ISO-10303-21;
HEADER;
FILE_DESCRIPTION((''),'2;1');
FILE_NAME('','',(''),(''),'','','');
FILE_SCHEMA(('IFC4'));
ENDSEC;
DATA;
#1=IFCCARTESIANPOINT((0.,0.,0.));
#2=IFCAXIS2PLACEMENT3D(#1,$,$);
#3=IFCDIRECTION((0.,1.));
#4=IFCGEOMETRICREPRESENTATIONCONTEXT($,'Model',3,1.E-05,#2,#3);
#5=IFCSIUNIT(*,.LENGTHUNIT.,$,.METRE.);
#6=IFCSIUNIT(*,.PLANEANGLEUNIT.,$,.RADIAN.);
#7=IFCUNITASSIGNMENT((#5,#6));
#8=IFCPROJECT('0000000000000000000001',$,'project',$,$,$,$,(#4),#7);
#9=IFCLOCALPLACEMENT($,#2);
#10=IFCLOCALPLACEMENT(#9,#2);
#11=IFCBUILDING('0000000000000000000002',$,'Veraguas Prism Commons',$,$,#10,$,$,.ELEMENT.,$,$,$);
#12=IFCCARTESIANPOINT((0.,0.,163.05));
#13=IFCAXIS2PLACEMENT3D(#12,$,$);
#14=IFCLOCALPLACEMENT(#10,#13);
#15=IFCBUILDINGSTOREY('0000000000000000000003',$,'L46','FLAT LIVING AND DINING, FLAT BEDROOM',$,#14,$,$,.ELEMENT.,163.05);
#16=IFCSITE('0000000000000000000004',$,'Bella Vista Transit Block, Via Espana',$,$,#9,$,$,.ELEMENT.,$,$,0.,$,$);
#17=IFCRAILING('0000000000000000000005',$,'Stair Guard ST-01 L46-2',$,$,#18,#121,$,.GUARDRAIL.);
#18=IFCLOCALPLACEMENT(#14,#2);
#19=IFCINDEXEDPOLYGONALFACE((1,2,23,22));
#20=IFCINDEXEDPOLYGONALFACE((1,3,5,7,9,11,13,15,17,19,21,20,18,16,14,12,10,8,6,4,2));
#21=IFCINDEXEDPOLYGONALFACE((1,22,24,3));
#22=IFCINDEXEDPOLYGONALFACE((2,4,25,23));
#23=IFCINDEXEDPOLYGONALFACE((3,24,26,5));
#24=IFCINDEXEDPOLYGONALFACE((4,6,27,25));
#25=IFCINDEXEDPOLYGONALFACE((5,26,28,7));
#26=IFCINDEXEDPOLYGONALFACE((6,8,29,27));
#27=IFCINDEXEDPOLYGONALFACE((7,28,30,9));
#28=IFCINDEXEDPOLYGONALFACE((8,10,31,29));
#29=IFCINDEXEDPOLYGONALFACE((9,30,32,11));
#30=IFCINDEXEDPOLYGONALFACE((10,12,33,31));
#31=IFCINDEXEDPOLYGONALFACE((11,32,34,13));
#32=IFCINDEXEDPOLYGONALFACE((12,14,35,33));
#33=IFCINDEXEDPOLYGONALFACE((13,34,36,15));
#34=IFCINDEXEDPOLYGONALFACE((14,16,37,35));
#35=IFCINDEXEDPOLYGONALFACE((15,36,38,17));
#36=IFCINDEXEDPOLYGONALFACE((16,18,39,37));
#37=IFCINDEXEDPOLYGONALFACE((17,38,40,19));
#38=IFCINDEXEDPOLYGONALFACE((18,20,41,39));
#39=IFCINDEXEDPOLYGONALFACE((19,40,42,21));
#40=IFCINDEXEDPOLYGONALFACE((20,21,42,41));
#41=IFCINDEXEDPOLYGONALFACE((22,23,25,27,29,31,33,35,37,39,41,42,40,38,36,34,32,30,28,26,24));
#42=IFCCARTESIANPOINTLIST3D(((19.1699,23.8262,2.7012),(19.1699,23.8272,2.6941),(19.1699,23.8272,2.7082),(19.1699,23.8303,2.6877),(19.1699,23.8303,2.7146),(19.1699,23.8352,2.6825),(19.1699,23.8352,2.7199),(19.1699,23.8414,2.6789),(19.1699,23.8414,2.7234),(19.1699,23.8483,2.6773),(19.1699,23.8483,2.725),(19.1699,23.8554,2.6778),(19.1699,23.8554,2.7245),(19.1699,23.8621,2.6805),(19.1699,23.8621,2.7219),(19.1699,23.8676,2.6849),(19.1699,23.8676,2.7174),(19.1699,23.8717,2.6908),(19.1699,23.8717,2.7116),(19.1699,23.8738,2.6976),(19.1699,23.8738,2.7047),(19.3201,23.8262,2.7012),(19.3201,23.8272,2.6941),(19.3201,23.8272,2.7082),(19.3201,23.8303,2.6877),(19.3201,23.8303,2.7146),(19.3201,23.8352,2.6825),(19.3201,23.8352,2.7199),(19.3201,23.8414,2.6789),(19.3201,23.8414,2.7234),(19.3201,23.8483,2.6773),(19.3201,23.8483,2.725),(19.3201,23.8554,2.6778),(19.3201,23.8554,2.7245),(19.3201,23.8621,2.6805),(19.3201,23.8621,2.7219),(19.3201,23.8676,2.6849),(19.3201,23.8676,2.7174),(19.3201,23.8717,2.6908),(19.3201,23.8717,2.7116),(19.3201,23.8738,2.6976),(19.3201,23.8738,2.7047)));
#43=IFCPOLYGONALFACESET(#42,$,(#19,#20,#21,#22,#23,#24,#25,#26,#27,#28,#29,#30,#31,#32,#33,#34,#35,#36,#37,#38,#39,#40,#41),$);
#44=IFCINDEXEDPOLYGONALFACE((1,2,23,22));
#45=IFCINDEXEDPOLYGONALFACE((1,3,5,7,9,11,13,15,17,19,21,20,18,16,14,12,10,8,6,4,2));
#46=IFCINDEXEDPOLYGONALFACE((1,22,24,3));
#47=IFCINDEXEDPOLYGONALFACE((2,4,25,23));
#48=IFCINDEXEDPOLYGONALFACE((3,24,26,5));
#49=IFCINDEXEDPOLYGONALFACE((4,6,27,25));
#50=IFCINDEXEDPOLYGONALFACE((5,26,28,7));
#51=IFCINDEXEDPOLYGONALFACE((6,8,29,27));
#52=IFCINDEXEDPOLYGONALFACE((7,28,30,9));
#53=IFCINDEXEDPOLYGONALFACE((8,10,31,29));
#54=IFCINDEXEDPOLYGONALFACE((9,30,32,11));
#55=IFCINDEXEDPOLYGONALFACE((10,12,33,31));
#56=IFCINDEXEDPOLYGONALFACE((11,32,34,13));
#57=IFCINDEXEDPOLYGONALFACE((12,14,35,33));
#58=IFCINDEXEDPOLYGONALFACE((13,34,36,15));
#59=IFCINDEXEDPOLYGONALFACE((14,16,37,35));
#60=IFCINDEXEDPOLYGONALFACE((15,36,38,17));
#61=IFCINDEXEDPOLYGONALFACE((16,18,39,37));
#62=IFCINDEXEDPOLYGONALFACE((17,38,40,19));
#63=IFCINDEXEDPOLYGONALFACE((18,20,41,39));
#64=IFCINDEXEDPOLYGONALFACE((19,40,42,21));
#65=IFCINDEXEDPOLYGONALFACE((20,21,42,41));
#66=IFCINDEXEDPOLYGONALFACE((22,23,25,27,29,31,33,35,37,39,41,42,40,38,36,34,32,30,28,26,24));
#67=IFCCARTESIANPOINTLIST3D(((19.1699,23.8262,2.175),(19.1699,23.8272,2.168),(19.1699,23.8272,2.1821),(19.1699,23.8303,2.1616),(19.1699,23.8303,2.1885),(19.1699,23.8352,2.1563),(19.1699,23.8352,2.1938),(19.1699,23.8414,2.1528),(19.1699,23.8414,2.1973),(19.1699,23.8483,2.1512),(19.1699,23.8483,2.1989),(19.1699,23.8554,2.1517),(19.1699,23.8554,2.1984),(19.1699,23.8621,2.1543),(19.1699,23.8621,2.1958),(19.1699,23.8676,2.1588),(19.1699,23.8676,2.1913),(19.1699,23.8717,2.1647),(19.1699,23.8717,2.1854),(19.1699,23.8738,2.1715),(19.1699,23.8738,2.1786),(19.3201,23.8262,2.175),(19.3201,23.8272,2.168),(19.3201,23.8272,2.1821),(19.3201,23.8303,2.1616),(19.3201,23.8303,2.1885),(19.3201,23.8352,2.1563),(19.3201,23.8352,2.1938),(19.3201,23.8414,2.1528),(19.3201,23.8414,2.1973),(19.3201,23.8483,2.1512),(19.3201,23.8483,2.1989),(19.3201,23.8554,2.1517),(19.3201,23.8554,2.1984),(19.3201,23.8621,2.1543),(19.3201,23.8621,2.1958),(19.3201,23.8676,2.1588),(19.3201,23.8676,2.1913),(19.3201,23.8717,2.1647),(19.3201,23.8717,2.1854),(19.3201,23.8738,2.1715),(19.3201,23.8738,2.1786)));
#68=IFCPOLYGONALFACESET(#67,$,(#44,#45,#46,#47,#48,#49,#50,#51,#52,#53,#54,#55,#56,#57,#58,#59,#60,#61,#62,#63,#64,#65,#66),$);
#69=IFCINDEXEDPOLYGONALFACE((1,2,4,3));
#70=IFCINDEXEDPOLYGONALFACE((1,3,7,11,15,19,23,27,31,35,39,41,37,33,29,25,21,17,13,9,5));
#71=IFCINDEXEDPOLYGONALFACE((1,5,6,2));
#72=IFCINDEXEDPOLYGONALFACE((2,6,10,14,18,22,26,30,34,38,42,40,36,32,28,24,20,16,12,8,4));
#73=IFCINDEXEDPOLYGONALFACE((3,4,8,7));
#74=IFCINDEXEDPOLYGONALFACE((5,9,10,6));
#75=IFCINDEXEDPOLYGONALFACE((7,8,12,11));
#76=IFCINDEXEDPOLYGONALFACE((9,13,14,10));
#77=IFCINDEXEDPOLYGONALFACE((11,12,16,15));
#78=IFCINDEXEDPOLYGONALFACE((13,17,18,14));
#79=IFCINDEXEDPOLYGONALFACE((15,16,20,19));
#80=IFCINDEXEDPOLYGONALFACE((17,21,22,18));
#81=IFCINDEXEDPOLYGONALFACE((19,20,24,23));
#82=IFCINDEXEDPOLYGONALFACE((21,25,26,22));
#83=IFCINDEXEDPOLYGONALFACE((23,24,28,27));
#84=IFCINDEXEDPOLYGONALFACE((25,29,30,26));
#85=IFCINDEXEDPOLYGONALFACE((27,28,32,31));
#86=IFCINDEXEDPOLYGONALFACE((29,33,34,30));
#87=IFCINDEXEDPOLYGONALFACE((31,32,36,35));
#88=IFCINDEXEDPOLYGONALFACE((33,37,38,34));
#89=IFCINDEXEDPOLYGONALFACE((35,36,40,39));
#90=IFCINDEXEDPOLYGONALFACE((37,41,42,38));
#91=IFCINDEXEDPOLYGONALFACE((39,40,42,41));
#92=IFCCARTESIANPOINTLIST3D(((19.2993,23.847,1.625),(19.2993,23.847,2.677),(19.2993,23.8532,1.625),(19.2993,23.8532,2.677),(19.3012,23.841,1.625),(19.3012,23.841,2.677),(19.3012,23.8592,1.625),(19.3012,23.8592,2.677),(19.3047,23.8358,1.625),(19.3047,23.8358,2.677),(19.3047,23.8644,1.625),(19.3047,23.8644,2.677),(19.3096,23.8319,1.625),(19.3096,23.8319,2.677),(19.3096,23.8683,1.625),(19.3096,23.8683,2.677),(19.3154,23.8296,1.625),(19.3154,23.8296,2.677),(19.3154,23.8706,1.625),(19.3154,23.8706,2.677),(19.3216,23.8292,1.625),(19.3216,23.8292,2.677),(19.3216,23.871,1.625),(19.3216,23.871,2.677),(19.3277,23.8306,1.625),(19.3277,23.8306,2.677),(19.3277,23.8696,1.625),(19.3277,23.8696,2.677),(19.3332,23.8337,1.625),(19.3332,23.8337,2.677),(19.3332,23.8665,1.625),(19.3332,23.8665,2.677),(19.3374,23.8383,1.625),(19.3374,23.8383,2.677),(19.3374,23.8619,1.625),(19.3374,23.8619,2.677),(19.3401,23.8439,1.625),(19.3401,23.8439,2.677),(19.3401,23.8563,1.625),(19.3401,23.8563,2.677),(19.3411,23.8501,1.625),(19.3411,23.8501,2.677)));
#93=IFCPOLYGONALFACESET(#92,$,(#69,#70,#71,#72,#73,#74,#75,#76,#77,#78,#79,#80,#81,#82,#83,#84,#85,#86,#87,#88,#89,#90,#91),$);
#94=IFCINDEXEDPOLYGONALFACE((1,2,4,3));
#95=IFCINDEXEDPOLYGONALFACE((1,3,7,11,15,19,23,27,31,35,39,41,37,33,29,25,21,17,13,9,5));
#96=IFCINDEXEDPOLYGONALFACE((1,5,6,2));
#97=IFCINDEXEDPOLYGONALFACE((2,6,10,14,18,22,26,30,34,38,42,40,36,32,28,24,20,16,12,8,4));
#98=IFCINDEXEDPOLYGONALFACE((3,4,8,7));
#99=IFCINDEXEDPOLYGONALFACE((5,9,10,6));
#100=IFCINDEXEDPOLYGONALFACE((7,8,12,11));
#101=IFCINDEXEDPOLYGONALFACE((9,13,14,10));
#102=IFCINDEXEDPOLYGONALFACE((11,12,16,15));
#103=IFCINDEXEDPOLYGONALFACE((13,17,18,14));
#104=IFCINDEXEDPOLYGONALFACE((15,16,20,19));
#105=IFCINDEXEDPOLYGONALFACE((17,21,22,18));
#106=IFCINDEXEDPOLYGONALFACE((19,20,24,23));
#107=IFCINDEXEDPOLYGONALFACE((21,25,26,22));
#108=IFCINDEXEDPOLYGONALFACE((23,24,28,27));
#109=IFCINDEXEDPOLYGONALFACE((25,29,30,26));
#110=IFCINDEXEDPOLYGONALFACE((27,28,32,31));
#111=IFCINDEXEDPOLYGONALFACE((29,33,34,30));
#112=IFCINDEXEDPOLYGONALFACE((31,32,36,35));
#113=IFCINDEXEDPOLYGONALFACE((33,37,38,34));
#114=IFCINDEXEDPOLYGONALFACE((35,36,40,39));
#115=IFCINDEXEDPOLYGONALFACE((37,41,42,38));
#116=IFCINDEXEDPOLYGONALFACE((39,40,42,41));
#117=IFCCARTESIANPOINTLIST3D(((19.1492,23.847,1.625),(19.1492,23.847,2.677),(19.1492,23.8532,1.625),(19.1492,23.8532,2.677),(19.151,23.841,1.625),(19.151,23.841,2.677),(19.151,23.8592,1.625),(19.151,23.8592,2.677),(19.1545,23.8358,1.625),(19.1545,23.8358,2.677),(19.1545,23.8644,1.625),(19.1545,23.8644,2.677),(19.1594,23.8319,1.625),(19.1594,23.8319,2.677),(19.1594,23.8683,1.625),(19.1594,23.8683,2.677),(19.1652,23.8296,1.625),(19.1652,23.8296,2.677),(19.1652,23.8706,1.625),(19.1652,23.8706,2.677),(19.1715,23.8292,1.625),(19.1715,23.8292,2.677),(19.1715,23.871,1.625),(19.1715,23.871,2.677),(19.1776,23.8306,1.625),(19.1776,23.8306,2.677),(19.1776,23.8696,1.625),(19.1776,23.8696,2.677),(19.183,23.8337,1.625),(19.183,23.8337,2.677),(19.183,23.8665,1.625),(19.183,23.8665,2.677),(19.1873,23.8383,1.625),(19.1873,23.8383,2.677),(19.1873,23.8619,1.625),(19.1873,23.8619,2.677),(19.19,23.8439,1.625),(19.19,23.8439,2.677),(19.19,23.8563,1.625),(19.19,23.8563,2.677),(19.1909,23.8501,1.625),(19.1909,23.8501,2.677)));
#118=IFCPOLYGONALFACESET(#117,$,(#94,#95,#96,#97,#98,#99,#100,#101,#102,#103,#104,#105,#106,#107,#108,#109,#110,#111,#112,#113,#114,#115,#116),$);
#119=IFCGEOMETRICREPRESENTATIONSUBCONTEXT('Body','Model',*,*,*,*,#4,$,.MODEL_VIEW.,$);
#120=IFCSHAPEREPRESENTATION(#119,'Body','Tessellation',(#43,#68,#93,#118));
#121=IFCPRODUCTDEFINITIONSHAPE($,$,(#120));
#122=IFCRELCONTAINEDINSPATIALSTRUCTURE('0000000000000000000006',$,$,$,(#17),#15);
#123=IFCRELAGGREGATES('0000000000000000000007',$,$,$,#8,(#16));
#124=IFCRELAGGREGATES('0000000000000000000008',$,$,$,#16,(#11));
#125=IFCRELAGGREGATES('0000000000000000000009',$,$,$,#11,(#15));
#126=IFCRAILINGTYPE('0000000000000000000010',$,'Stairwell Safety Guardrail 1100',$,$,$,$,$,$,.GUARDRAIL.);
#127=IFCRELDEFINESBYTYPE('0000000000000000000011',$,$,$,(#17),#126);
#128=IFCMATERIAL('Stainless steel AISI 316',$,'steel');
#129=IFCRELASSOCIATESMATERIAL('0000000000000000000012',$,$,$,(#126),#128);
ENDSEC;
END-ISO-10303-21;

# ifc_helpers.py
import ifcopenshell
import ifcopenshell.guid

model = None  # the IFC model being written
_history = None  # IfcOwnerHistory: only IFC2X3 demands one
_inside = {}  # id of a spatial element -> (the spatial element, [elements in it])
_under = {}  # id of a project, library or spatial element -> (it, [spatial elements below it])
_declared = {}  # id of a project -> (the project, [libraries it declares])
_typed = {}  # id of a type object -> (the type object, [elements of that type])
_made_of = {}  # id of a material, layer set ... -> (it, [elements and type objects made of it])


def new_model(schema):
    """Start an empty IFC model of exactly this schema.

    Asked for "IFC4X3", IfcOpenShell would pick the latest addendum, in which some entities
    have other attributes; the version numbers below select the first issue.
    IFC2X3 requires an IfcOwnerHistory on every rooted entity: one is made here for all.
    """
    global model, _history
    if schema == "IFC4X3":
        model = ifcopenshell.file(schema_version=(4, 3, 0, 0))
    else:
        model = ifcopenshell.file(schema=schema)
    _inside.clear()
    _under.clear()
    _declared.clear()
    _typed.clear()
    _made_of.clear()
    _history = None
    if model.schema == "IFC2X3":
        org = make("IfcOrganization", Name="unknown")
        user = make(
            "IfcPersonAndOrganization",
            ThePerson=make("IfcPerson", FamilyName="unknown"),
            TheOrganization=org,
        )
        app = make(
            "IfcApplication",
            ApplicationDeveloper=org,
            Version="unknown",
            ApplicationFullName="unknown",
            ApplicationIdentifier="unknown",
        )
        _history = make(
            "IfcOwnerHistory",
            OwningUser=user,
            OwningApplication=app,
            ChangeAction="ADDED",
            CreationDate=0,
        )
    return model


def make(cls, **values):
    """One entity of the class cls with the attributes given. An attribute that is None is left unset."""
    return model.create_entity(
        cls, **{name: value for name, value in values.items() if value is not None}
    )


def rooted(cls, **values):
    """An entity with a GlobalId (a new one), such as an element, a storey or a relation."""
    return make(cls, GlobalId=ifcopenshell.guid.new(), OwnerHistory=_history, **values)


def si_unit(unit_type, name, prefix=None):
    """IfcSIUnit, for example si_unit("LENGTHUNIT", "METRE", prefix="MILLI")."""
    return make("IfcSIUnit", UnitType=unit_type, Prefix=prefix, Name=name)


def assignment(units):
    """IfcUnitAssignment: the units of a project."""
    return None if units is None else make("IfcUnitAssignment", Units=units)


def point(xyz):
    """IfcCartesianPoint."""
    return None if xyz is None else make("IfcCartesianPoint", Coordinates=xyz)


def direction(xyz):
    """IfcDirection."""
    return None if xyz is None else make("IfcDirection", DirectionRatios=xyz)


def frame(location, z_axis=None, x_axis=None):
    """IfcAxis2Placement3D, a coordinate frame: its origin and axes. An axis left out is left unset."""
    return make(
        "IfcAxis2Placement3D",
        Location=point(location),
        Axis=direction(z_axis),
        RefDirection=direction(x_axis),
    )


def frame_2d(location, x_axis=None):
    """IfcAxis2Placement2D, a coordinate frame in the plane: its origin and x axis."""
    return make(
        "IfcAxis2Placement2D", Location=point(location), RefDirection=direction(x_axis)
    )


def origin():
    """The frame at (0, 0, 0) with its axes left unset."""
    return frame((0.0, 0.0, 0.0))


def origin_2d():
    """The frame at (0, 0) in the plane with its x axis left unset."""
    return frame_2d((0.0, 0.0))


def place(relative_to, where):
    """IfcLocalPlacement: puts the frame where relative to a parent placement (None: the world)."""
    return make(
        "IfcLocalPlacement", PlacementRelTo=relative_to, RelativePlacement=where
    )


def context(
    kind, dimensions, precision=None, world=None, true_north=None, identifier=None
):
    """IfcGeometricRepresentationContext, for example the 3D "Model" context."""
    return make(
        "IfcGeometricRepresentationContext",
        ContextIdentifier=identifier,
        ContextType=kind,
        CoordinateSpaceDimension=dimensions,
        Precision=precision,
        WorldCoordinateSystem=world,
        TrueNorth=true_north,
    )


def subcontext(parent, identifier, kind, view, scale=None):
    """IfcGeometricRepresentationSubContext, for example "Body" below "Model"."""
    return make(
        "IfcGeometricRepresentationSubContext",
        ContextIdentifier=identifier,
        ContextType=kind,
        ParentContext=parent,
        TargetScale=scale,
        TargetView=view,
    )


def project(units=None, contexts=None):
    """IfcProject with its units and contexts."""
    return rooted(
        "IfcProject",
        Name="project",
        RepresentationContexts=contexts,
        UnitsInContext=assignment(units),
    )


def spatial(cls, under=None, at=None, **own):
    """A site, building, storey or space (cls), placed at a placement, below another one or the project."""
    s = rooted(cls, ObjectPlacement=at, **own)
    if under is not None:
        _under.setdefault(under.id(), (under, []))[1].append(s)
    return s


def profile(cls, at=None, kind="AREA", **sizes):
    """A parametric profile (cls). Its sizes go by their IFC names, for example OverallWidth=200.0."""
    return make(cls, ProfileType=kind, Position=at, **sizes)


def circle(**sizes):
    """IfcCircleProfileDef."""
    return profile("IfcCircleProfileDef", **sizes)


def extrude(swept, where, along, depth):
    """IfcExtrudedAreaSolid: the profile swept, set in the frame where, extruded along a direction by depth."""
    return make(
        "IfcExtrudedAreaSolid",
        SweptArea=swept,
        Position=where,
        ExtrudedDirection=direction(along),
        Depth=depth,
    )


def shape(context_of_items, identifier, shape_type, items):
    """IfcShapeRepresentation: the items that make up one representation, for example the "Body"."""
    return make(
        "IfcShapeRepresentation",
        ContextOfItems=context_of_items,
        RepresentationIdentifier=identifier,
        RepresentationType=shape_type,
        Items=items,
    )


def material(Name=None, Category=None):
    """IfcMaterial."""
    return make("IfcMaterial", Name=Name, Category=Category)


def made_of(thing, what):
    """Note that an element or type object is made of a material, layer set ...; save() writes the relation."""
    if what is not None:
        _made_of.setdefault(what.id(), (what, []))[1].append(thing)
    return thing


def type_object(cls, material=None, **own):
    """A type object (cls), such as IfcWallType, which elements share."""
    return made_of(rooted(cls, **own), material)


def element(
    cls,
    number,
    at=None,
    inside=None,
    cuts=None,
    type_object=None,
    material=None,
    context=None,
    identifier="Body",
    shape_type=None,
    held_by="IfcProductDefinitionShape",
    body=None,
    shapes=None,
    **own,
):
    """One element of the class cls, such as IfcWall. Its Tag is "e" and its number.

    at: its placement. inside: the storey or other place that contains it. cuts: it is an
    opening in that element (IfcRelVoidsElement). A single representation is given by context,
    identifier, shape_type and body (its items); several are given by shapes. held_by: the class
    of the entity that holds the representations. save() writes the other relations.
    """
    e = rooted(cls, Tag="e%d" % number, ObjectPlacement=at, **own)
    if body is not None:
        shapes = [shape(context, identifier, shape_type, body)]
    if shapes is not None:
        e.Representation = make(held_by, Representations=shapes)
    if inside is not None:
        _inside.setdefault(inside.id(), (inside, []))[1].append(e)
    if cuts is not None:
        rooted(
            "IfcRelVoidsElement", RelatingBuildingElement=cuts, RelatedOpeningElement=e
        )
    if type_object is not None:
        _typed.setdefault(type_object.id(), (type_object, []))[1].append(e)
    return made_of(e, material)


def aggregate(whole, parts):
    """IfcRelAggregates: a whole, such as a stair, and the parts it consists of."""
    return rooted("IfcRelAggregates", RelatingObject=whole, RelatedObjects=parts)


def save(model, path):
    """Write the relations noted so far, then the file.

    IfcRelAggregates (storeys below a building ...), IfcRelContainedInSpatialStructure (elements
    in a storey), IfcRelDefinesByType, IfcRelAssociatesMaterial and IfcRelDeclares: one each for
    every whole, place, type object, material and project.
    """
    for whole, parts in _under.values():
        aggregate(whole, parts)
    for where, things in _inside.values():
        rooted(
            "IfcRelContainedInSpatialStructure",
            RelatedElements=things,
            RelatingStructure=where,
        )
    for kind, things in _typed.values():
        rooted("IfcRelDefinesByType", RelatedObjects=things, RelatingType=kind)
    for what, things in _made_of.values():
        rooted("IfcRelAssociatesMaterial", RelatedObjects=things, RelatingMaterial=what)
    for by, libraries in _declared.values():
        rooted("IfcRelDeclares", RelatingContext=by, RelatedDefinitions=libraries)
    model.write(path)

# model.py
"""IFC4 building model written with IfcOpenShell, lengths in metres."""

from ifc_helpers import new_model, si_unit, direction, frame, origin, origin_2d, place, context, subcontext, project, spatial, circle, extrude, material, type_object, element, save


model = new_model("IFC4")

# Units and contexts
model_context = context("Model", 3, precision=1e-05, world=origin(), true_north=direction((0.0, 1.0)))
body_context = subcontext(model_context, "Body", "Model", "MODEL_VIEW")
ifc_project = project(units=[si_unit("LENGTHUNIT", "METRE"), si_unit("PLANEANGLEUNIT", "RADIAN")], contexts=[model_context])

# Site, building, storey
site_placement = place(None, origin())
site = spatial("IfcSite", under=ifc_project, at=site_placement, Name="Bella Vista Transit Block, Via Espana", CompositionType="ELEMENT", RefElevation=0.0)
building_placement = place(site_placement, origin())
building = spatial("IfcBuilding", under=site, at=building_placement, Name="Veraguas Prism Commons", CompositionType="ELEMENT")
storey_placement = place(building_placement, frame((0.0, 0.0, 163.05)))
storey = spatial("IfcBuildingStorey", under=building, at=storey_placement, Name="L46", Description="FLAT LIVING AND DINING, FLAT BEDROOM", CompositionType="ELEMENT", Elevation=163.05)

# Railing
ifc_material_1 = material(Name="Stainless steel AISI 316", Category="steel")
railing_type_1 = type_object("IfcRailingType", Name="Stairwell Safety Guardrail 1100", PredefinedType="GUARDRAIL", material=ifc_material_1)
railing_1_placement = place(storey_placement, frame((19.3201, 23.8501, 1.625)))
element("IfcRailing", 1, at=railing_1_placement, inside=storey, type_object=railing_type_1, Name="Stair Guard ST-01 L46-2", PredefinedType="GUARDRAIL", context=body_context, shape_type="SweptSolid", body=[
    extrude(circle(Radius=0.0239, at=origin_2d()), frame((0.0, 0.0, 1.0762), z_axis=(-1.0, 0.0, 0.0), x_axis=(0.0, -1.0, 0.0)), (0.0, 0.0, 1.0), 0.1501),
    extrude(circle(Radius=0.0239, at=origin_2d()), frame((0.0, 0.0, 0.55), z_axis=(-1.0, 0.0, 0.0), x_axis=(0.0, -1.0, 0.0)), (0.0, 0.0, 1.0), 0.1501),
    extrude(circle(Radius=0.021, at=origin_2d()), origin(), (0.0, 0.0, 1.0), 1.052),
    extrude(circle(Radius=0.021, at=origin_2d()), frame((-0.1501, 0.0, 0.0)), (0.0, 0.0, 1.0), 1.052),
])

save(model, "model.ifc")
